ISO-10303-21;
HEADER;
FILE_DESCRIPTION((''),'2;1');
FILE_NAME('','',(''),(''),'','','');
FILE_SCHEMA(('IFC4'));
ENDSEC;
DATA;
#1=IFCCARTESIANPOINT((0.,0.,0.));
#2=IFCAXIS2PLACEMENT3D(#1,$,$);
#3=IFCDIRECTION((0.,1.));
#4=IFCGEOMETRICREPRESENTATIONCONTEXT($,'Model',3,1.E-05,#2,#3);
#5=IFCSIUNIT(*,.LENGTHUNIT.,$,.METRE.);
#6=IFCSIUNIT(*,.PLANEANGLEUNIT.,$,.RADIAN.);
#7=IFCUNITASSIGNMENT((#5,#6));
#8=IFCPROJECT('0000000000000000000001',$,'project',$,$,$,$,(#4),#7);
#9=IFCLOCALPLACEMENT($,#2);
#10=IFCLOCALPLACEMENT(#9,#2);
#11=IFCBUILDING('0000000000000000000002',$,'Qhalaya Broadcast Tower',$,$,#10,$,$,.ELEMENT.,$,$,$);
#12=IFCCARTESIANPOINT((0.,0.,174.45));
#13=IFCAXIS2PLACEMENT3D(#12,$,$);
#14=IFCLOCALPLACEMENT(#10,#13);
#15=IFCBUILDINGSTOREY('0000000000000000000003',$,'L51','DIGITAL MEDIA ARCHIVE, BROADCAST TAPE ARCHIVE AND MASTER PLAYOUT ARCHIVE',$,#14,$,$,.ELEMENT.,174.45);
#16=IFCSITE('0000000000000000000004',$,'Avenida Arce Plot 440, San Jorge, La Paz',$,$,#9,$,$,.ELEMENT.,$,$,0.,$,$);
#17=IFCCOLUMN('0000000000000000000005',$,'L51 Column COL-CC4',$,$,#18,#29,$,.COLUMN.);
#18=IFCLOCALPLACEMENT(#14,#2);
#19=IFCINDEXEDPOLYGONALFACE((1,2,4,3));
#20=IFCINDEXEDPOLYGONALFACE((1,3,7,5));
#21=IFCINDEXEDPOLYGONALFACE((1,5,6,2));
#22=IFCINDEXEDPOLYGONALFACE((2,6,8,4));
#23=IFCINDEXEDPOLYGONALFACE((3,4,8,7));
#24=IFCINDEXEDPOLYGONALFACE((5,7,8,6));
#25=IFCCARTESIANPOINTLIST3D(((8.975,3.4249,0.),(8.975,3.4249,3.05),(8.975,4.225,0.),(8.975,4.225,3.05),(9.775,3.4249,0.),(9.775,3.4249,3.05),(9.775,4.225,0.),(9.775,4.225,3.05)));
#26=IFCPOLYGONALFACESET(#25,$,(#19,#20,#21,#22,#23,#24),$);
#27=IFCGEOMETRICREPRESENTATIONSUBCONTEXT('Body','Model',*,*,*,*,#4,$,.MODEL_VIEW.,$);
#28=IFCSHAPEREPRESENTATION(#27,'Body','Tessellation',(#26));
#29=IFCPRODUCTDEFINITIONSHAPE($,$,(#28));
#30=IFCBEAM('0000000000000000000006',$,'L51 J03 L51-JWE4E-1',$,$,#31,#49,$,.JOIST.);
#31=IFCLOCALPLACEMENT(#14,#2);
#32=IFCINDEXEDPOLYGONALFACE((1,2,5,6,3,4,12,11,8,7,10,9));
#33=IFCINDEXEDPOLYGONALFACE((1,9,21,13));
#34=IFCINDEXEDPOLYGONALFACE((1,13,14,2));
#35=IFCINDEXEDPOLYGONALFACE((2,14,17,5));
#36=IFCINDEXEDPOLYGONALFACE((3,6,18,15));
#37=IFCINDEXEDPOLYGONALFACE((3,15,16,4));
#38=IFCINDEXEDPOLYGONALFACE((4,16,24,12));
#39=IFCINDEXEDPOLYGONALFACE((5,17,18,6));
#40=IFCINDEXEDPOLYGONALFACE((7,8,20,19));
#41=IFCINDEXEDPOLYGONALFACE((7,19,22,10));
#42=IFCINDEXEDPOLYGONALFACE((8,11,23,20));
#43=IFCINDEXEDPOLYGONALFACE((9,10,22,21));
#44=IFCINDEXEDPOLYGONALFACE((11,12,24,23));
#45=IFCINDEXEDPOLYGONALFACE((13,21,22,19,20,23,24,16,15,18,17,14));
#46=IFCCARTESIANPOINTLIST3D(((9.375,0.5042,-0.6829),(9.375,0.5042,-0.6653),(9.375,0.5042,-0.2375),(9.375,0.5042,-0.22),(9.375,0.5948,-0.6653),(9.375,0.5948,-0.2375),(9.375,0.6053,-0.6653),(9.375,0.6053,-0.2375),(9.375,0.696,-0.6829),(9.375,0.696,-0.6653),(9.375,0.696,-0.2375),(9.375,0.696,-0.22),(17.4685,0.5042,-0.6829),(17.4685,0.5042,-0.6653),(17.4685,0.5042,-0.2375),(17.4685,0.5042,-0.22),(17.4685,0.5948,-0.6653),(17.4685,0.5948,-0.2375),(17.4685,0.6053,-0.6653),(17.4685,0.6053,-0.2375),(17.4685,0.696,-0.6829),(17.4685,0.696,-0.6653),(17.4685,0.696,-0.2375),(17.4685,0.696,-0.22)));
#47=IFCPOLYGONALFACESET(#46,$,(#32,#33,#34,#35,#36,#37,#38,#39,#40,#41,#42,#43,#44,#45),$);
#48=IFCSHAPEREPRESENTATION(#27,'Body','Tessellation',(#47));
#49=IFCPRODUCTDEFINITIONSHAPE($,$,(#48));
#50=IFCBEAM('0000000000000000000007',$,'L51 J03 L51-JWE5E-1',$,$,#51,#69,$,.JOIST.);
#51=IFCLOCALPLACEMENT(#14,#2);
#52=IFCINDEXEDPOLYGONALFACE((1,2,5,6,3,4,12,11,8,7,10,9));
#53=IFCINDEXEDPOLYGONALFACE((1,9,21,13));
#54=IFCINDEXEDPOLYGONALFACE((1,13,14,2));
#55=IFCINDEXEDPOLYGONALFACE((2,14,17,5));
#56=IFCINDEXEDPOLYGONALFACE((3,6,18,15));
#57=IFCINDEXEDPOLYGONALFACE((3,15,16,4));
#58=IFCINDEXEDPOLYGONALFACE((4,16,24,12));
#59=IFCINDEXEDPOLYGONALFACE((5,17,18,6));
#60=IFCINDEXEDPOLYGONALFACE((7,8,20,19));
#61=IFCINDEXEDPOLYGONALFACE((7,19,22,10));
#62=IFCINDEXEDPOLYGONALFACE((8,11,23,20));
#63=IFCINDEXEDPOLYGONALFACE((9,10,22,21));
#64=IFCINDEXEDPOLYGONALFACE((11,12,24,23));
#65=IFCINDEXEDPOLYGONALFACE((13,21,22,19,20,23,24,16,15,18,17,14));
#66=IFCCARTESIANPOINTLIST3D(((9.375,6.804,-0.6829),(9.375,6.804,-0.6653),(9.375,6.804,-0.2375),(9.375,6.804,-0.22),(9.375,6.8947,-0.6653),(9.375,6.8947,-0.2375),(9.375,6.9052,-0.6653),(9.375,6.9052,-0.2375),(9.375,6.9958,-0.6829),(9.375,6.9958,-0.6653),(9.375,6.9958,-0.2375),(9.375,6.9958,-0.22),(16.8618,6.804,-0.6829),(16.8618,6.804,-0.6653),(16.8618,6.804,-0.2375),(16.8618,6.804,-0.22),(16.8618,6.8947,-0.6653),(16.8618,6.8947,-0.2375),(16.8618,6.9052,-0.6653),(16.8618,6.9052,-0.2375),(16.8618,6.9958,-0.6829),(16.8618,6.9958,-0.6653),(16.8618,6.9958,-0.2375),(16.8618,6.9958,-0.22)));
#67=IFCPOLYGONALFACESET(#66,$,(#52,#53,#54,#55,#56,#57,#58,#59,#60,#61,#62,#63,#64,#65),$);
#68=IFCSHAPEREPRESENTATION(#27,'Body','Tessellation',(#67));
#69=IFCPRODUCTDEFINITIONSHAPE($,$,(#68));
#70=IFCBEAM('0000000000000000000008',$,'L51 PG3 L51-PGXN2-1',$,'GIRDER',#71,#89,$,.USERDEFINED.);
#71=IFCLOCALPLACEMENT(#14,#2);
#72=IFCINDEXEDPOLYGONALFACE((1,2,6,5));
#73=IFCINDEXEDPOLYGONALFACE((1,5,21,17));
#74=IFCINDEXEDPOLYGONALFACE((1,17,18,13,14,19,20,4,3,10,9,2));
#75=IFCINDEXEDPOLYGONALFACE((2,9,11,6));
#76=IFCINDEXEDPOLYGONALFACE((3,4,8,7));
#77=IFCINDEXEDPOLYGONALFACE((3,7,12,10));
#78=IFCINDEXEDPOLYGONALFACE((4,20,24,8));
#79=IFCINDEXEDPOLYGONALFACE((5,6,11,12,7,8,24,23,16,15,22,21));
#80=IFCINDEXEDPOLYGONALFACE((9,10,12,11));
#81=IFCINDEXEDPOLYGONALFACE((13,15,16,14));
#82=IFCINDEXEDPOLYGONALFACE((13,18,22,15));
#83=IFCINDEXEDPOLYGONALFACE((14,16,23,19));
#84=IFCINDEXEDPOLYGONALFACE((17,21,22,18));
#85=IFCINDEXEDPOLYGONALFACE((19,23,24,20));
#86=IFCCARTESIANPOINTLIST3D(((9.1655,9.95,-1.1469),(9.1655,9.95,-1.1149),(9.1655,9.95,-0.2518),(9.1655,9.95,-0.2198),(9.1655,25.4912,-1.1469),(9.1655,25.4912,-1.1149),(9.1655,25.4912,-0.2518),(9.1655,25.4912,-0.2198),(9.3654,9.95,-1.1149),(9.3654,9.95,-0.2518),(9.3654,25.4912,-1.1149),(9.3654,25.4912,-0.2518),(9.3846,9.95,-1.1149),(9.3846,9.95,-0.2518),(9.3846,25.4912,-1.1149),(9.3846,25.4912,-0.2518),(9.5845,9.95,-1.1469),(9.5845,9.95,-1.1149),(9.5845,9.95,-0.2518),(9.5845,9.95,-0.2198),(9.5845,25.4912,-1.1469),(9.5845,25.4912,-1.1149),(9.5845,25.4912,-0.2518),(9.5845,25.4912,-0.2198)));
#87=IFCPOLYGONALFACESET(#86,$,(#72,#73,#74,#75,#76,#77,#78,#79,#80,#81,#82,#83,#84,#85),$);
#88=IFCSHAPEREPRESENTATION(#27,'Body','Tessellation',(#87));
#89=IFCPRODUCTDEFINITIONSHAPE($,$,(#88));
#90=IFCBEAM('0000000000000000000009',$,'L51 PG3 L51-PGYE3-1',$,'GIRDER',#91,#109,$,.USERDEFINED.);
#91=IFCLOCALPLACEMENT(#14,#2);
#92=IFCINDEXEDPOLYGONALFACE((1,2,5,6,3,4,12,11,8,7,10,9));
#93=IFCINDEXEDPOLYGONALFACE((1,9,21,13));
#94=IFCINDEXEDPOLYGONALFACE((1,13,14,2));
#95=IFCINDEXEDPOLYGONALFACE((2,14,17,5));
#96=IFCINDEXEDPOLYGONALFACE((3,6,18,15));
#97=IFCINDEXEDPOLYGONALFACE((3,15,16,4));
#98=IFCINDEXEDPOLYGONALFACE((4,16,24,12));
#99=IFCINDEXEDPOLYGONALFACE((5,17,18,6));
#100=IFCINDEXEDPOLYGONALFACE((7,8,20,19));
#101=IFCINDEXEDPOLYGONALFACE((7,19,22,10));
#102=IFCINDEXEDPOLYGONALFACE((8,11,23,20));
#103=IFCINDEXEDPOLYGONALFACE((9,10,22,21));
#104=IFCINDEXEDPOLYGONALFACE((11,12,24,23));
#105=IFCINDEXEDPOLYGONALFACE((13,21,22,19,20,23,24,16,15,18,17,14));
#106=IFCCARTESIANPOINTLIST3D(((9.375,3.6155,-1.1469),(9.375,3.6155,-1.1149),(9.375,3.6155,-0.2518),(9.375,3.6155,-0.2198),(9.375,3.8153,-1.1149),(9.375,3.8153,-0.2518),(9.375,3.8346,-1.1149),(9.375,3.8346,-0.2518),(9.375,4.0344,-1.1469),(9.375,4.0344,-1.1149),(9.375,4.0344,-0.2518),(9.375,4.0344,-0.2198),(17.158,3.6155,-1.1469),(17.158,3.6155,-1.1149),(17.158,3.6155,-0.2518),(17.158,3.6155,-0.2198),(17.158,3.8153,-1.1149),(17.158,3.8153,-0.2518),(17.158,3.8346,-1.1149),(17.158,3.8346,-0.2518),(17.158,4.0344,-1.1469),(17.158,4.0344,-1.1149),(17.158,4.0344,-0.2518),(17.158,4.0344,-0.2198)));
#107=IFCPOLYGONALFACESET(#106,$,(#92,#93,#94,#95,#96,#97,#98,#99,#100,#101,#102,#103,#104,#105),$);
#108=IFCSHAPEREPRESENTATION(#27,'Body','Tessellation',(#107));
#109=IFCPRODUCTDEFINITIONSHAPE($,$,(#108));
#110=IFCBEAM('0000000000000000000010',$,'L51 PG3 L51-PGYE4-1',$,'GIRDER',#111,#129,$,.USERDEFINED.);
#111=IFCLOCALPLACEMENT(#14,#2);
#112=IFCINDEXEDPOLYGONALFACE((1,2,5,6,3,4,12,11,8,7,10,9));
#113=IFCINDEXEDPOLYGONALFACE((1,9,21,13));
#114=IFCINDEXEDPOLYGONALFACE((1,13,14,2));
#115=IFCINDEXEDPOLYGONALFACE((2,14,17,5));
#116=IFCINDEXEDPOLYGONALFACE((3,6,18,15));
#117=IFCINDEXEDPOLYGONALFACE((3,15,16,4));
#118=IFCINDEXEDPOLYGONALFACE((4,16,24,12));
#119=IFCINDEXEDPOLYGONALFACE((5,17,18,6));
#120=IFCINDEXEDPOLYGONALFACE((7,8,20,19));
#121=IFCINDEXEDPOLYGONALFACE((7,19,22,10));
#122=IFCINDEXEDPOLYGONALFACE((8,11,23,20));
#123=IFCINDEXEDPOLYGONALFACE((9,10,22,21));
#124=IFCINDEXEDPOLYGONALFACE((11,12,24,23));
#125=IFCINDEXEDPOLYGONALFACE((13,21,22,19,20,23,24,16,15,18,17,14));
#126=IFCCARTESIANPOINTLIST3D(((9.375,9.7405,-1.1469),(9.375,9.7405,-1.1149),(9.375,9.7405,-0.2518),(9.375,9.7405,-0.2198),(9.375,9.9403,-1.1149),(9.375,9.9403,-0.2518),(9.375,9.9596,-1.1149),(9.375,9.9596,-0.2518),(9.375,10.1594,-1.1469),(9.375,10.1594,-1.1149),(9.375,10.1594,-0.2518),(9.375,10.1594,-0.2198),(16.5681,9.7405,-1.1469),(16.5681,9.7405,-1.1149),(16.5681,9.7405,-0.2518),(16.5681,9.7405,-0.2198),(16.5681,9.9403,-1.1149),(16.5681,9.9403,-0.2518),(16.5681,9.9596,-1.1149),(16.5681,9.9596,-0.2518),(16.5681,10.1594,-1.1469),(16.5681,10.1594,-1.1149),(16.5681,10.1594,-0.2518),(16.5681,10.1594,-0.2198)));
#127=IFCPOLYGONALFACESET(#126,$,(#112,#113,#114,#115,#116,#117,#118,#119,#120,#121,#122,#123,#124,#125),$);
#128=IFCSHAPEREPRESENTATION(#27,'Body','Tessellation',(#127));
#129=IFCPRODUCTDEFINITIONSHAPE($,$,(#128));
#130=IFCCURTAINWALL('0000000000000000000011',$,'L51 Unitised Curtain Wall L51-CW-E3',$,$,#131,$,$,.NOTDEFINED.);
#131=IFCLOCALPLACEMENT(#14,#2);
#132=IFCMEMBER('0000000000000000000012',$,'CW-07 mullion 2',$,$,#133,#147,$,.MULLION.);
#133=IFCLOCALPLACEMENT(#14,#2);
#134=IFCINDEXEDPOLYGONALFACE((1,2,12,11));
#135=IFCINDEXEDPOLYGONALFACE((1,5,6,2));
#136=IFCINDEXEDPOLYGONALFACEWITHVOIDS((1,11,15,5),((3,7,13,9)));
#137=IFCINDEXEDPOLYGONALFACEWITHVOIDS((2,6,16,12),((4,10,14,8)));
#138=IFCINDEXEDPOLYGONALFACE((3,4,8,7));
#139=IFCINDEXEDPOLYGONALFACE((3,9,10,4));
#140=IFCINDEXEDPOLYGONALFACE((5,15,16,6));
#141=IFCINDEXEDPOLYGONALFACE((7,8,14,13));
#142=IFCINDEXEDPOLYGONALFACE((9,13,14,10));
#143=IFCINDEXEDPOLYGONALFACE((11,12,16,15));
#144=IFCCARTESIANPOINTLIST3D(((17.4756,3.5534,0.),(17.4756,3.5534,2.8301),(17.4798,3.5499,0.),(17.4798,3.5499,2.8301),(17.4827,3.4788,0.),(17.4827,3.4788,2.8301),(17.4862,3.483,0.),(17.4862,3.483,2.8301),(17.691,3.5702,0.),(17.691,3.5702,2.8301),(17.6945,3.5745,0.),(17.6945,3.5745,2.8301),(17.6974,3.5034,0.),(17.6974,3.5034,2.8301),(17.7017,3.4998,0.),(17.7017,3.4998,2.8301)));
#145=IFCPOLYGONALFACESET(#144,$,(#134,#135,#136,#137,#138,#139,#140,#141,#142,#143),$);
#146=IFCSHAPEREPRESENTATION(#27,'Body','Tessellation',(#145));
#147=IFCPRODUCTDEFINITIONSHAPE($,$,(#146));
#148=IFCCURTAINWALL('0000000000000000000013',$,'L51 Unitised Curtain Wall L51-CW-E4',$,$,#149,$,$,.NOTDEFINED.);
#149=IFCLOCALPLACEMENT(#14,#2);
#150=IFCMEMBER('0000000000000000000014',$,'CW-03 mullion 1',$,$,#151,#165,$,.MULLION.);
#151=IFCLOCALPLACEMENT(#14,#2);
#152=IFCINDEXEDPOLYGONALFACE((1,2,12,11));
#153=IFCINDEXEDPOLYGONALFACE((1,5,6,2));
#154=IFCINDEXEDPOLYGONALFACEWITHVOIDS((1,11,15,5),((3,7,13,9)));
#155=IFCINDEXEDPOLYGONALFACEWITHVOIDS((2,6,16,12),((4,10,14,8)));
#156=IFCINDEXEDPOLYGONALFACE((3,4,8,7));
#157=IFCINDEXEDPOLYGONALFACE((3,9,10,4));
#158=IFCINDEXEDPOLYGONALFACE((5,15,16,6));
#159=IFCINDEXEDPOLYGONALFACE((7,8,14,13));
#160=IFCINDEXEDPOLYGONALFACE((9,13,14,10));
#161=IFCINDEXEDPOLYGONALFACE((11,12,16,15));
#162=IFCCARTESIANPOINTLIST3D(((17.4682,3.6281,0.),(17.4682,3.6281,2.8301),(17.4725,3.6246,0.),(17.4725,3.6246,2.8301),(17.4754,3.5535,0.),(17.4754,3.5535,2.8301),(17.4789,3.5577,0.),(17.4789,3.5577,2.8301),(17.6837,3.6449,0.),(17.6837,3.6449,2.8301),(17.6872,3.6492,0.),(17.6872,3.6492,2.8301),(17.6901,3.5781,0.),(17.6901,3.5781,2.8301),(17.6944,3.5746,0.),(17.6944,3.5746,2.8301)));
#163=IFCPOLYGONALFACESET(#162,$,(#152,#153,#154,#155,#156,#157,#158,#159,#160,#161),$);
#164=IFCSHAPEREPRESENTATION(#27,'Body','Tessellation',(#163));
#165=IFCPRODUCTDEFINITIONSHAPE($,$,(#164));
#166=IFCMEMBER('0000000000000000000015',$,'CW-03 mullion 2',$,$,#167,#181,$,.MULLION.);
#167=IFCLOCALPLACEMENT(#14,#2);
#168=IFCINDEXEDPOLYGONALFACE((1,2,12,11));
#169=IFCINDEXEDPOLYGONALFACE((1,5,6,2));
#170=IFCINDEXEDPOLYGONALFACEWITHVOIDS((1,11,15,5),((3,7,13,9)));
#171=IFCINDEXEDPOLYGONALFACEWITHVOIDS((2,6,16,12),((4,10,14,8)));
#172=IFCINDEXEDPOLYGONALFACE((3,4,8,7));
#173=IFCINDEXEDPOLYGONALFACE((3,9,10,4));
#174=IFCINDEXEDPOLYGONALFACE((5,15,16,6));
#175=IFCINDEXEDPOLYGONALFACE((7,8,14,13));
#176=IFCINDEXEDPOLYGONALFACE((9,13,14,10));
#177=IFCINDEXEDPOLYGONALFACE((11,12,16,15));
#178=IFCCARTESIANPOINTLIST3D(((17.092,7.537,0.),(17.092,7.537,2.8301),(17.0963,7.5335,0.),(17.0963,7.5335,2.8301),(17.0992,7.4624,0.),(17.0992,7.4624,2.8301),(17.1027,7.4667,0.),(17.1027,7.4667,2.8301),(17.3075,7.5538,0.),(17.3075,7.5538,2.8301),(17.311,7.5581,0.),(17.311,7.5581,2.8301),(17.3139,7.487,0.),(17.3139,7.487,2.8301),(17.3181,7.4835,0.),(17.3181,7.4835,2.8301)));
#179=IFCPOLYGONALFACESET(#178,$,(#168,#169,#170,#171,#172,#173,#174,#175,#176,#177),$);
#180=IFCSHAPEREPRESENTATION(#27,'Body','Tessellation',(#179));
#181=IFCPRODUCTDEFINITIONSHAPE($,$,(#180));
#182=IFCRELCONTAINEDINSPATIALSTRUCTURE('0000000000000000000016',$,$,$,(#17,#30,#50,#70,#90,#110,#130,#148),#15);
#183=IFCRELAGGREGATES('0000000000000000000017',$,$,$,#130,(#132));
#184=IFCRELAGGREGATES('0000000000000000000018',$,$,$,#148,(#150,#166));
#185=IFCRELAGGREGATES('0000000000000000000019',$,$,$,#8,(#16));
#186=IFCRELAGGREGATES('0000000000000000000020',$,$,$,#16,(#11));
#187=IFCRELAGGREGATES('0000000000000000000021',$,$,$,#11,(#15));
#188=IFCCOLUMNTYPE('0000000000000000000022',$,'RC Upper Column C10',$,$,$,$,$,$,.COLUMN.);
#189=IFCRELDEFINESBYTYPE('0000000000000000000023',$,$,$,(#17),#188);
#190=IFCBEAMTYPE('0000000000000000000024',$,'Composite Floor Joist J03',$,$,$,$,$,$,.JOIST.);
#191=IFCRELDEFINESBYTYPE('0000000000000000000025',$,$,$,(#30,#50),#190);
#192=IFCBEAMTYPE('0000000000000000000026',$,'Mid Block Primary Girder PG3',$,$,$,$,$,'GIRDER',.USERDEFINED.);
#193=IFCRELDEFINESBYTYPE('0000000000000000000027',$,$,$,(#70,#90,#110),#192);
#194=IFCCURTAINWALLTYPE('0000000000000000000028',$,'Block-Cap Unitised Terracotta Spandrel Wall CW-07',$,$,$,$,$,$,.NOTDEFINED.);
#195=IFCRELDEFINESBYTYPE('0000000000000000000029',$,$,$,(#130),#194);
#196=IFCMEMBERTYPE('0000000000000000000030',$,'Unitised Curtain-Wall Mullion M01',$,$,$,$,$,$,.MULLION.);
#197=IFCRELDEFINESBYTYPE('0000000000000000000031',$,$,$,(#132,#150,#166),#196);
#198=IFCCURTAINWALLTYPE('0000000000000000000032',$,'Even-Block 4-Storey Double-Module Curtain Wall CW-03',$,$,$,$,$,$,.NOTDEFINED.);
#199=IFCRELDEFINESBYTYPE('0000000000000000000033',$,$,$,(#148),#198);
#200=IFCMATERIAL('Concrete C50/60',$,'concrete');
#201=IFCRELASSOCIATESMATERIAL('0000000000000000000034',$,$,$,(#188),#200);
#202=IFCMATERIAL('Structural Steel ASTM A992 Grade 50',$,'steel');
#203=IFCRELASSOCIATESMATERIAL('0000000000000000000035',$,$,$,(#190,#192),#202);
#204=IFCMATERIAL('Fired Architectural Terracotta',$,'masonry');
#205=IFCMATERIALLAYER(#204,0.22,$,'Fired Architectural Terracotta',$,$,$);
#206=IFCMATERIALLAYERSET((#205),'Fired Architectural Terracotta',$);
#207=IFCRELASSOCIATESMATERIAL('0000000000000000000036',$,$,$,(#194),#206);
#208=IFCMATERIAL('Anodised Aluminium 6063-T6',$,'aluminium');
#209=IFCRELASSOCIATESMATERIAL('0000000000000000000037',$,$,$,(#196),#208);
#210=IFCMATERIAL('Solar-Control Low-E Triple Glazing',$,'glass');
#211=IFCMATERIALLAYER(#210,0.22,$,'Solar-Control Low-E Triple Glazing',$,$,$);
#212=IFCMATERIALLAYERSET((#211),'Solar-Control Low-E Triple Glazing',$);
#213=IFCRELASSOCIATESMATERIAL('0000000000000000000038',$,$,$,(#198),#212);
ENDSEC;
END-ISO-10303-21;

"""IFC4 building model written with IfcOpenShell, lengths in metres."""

from ifc_helpers import new_model, si_unit, direction, frame, origin, origin_2d, place, context, subcontext, project, spatial, rectangle, hollow_rectangle, i_section, extrude, material, layer, layer_set, material_profile, profile_set, type_object, element, aggregate, save


model = new_model("IFC4")

# Units and contexts
model_context = context("Model", 3, precision=1e-05, world=origin(), true_north=direction((0.0, 1.0)))
body_context = subcontext(model_context, "Body", "Model", "MODEL_VIEW")
ifc_project = project(units=[si_unit("LENGTHUNIT", "METRE"), si_unit("PLANEANGLEUNIT", "RADIAN")], contexts=[model_context])

# Site, building, storey
site_placement = place(None, origin())
site = spatial("IfcSite", under=ifc_project, at=site_placement, Name="Avenida Arce Plot 440, San Jorge, La Paz", CompositionType="ELEMENT", RefElevation=0.0)
building_placement = place(site_placement, origin())
building = spatial("IfcBuilding", under=site, at=building_placement, Name="Qhalaya Broadcast Tower", CompositionType="ELEMENT")
storey_placement = place(building_placement, frame((0.0, 0.0, 174.45)))
storey = spatial("IfcBuildingStorey", under=building, at=storey_placement, Name="L51", Description="DIGITAL MEDIA ARCHIVE, BROADCAST TAPE ARCHIVE AND MASTER PLAYOUT ARCHIVE", CompositionType="ELEMENT", Elevation=174.45)

# Column
ifc_material_1 = material(Name="Concrete C50/60", Category="concrete")
ifc_material_profile_1 = material_profile(ifc_material_1, rectangle(XDim=0.8, YDim=0.8, at=origin_2d()), Name="RC-COL 800x800")
ifc_profile_set_1 = profile_set([ifc_material_profile_1], Name="Concrete C50/60")
column_type = type_object("IfcColumnType", Name="RC Upper Column C10", PredefinedType="COLUMN", material=ifc_profile_set_1)
column_placement = place(storey_placement, frame((9.375, 3.825, 0.0), z_axis=(0.0, 0.0, 1.0), x_axis=(1.0, 0.0, 0.0)))
element("IfcColumn", 1, at=column_placement, inside=storey, type_object=column_type, Name="L51 Column COL-CC4", PredefinedType="COLUMN", context=body_context, shape_type="SweptSolid", body=[
    extrude(rectangle(XDim=0.8, YDim=0.8, at=origin_2d()), origin(), (0.0, 0.0, 1.0), 3.05),
])

# Beams
ifc_material_2 = material(Name="Structural Steel ASTM A992 Grade 50", Category="steel")
ifc_material_profile_2 = material_profile(ifc_material_2, i_section(OverallWidth=0.1919, OverallDepth=0.4629, WebThickness=0.0105, FlangeThickness=0.0176, at=origin_2d()), Name="W18X60")
ifc_profile_set_2 = profile_set([ifc_material_profile_2], Name="Structural Steel ASTM A992 Grade 50")
beam_type_1 = type_object("IfcBeamType", Name="Composite Floor Joist J03", PredefinedType="JOIST", material=ifc_profile_set_2)
beam_1_placement = place(storey_placement, frame((9.375, 0.6001, -0.4514), z_axis=(1.0, 0.0, 0.0), x_axis=(0.0, 1.0, 0.0)))
element("IfcBeam", 2, at=beam_1_placement, inside=storey, type_object=beam_type_1, Name="L51 J03 L51-JWE4E-1", PredefinedType="JOIST", context=body_context, shape_type="SweptSolid", body=[
    extrude(i_section(OverallWidth=0.1919, OverallDepth=0.4629, WebThickness=0.0105, FlangeThickness=0.0176, at=origin_2d()), origin(), (0.0, 0.0, 1.0), 8.0935),
])
beam_2_placement = place(storey_placement, frame((9.375, 6.8999, -0.4514), z_axis=(1.0, 0.0, 0.0), x_axis=(0.0, 1.0, 0.0)))
element("IfcBeam", 3, at=beam_2_placement, inside=storey, type_object=beam_type_1, Name="L51 J03 L51-JWE5E-1", PredefinedType="JOIST", context=body_context, shape_type="SweptSolid", body=[
    extrude(i_section(OverallWidth=0.1919, OverallDepth=0.4629, WebThickness=0.0105, FlangeThickness=0.0176, at=origin_2d()), origin(), (0.0, 0.0, 1.0), 7.4868),
])
ifc_material_profile_3 = material_profile(ifc_material_2, i_section(OverallWidth=0.4189, OverallDepth=0.927, WebThickness=0.0193, FlangeThickness=0.032, at=origin_2d()), Name="W36X231")
ifc_profile_set_3 = profile_set([ifc_material_profile_3], Name="Structural Steel ASTM A992 Grade 50")
beam_type_2 = type_object("IfcBeamType", Name="Mid Block Primary Girder PG3", ElementType="GIRDER", PredefinedType="USERDEFINED", material=ifc_profile_set_3)
beam_3_placement = place(storey_placement, frame((9.375, 9.95, -0.6833), z_axis=(0.0, 1.0, 0.0), x_axis=(-1.0, 0.0, 0.0)))
element("IfcBeam", 4, at=beam_3_placement, inside=storey, type_object=beam_type_2, Name="L51 PG3 L51-PGXN2-1", ObjectType="GIRDER", PredefinedType="USERDEFINED", context=body_context, shape_type="SweptSolid", body=[
    extrude(i_section(OverallWidth=0.4189, OverallDepth=0.927, WebThickness=0.0193, FlangeThickness=0.032, at=origin_2d()), origin(), (0.0, 0.0, 1.0), 15.5413),
])
beam_4_placement = place(storey_placement, frame((9.375, 3.825, -0.6833), z_axis=(1.0, 0.0, 0.0), x_axis=(0.0, 1.0, 0.0)))
element("IfcBeam", 5, at=beam_4_placement, inside=storey, type_object=beam_type_2, Name="L51 PG3 L51-PGYE3-1", ObjectType="GIRDER", PredefinedType="USERDEFINED", context=body_context, shape_type="SweptSolid", body=[
    extrude(i_section(OverallWidth=0.4189, OverallDepth=0.927, WebThickness=0.0193, FlangeThickness=0.032, at=origin_2d()), origin(), (0.0, 0.0, 1.0), 7.783),
])
beam_5_placement = place(storey_placement, frame((9.375, 9.95, -0.6833), z_axis=(1.0, 0.0, 0.0), x_axis=(0.0, 1.0, 0.0)))
element("IfcBeam", 6, at=beam_5_placement, inside=storey, type_object=beam_type_2, Name="L51 PG3 L51-PGYE4-1", ObjectType="GIRDER", PredefinedType="USERDEFINED", context=body_context, shape_type="SweptSolid", body=[
    extrude(i_section(OverallWidth=0.4189, OverallDepth=0.927, WebThickness=0.0193, FlangeThickness=0.032, at=origin_2d()), origin(), (0.0, 0.0, 1.0), 7.1931),
])

# Curtain wall, member
ifc_material_3 = material(Name="Fired Architectural Terracotta", Category="masonry")
ifc_layer_1 = layer(ifc_material_3, 0.22, Name="Fired Architectural Terracotta")
ifc_layer_set_1 = layer_set([ifc_layer_1], Name="Fired Architectural Terracotta")
curtain_wall_type_1 = type_object("IfcCurtainWallType", Name="Block-Cap Unitised Terracotta Spandrel Wall CW-07", PredefinedType="NOTDEFINED", material=ifc_layer_set_1)
curtain_wall_1_placement = place(storey_placement, origin())
curtain_wall_1 = element("IfcCurtainWall", 7, at=curtain_wall_1_placement, inside=storey, type_object=curtain_wall_type_1, Name="L51 Unitised Curtain Wall L51-CW-E3", PredefinedType="NOTDEFINED")
ifc_material_4 = material(Name="Anodised Aluminium 6063-T6", Category="aluminium")
ifc_material_profile_4 = material_profile(ifc_material_4, hollow_rectangle(XDim=0.075, YDim=0.22, WallThickness=0.0039, at=origin_2d()), Name="ALU-MUL 75x220x4")
ifc_profile_set_4 = profile_set([ifc_material_profile_4], Name="Anodised Aluminium 6063-T6")
member_type_1 = type_object("IfcMemberType", Name="Unitised Curtain-Wall Mullion M01", PredefinedType="MULLION", material=ifc_profile_set_4)
member_1_placement = place(storey_placement, frame((17.5886, 3.5266, 0.0), z_axis=(0.0, 0.0, 1.0), x_axis=(-0.095837, 0.995397, 0.0)))
member_1 = element("IfcMember", 8, at=member_1_placement, type_object=member_type_1, Name="CW-07 mullion 2", PredefinedType="MULLION", context=body_context, shape_type="SweptSolid", body=[
    extrude(hollow_rectangle(XDim=0.075, YDim=0.22, WallThickness=0.0039, at=origin_2d()), origin(), (0.0, 0.0, 1.0), 2.8301),
])
aggregate(curtain_wall_1, [member_1])

# Curtain wall, members
ifc_material_5 = material(Name="Solar-Control Low-E Triple Glazing", Category="glass")
ifc_layer_2 = layer(ifc_material_5, 0.22, Name="Solar-Control Low-E Triple Glazing")
ifc_layer_set_2 = layer_set([ifc_layer_2], Name="Solar-Control Low-E Triple Glazing")
curtain_wall_type_2 = type_object("IfcCurtainWallType", Name="Even-Block 4-Storey Double-Module Curtain Wall CW-03", PredefinedType="NOTDEFINED", material=ifc_layer_set_2)
curtain_wall_2_placement = place(storey_placement, origin())
curtain_wall_2 = element("IfcCurtainWall", 9, at=curtain_wall_2_placement, inside=storey, type_object=curtain_wall_type_2, Name="L51 Unitised Curtain Wall L51-CW-E4", PredefinedType="NOTDEFINED")
member_2_placement = place(storey_placement, frame((17.5813, 3.6013, 0.0), z_axis=(0.0, 0.0, 1.0), x_axis=(-0.095851, 0.995396, 0.0)))
member_2 = element("IfcMember", 10, at=member_2_placement, type_object=member_type_1, Name="CW-03 mullion 1", PredefinedType="MULLION", context=body_context, shape_type="SweptSolid", body=[
    extrude(hollow_rectangle(XDim=0.075, YDim=0.22, WallThickness=0.0039, at=origin_2d()), origin(), (0.0, 0.0, 1.0), 2.8301),
])
member_3_placement = place(storey_placement, frame((17.2051, 7.5103, 0.0), z_axis=(0.0, 0.0, 1.0), x_axis=(-0.095851, 0.995396, 0.0)))
member_3 = element("IfcMember", 11, at=member_3_placement, type_object=member_type_1, Name="CW-03 mullion 2", PredefinedType="MULLION", context=body_context, shape_type="SweptSolid", body=[
    extrude(hollow_rectangle(XDim=0.075, YDim=0.22, WallThickness=0.0039, at=origin_2d()), origin(), (0.0, 0.0, 1.0), 2.8301),
])

aggregate(curtain_wall_2, [member_2, member_3])

save(model, "model.ifc")
